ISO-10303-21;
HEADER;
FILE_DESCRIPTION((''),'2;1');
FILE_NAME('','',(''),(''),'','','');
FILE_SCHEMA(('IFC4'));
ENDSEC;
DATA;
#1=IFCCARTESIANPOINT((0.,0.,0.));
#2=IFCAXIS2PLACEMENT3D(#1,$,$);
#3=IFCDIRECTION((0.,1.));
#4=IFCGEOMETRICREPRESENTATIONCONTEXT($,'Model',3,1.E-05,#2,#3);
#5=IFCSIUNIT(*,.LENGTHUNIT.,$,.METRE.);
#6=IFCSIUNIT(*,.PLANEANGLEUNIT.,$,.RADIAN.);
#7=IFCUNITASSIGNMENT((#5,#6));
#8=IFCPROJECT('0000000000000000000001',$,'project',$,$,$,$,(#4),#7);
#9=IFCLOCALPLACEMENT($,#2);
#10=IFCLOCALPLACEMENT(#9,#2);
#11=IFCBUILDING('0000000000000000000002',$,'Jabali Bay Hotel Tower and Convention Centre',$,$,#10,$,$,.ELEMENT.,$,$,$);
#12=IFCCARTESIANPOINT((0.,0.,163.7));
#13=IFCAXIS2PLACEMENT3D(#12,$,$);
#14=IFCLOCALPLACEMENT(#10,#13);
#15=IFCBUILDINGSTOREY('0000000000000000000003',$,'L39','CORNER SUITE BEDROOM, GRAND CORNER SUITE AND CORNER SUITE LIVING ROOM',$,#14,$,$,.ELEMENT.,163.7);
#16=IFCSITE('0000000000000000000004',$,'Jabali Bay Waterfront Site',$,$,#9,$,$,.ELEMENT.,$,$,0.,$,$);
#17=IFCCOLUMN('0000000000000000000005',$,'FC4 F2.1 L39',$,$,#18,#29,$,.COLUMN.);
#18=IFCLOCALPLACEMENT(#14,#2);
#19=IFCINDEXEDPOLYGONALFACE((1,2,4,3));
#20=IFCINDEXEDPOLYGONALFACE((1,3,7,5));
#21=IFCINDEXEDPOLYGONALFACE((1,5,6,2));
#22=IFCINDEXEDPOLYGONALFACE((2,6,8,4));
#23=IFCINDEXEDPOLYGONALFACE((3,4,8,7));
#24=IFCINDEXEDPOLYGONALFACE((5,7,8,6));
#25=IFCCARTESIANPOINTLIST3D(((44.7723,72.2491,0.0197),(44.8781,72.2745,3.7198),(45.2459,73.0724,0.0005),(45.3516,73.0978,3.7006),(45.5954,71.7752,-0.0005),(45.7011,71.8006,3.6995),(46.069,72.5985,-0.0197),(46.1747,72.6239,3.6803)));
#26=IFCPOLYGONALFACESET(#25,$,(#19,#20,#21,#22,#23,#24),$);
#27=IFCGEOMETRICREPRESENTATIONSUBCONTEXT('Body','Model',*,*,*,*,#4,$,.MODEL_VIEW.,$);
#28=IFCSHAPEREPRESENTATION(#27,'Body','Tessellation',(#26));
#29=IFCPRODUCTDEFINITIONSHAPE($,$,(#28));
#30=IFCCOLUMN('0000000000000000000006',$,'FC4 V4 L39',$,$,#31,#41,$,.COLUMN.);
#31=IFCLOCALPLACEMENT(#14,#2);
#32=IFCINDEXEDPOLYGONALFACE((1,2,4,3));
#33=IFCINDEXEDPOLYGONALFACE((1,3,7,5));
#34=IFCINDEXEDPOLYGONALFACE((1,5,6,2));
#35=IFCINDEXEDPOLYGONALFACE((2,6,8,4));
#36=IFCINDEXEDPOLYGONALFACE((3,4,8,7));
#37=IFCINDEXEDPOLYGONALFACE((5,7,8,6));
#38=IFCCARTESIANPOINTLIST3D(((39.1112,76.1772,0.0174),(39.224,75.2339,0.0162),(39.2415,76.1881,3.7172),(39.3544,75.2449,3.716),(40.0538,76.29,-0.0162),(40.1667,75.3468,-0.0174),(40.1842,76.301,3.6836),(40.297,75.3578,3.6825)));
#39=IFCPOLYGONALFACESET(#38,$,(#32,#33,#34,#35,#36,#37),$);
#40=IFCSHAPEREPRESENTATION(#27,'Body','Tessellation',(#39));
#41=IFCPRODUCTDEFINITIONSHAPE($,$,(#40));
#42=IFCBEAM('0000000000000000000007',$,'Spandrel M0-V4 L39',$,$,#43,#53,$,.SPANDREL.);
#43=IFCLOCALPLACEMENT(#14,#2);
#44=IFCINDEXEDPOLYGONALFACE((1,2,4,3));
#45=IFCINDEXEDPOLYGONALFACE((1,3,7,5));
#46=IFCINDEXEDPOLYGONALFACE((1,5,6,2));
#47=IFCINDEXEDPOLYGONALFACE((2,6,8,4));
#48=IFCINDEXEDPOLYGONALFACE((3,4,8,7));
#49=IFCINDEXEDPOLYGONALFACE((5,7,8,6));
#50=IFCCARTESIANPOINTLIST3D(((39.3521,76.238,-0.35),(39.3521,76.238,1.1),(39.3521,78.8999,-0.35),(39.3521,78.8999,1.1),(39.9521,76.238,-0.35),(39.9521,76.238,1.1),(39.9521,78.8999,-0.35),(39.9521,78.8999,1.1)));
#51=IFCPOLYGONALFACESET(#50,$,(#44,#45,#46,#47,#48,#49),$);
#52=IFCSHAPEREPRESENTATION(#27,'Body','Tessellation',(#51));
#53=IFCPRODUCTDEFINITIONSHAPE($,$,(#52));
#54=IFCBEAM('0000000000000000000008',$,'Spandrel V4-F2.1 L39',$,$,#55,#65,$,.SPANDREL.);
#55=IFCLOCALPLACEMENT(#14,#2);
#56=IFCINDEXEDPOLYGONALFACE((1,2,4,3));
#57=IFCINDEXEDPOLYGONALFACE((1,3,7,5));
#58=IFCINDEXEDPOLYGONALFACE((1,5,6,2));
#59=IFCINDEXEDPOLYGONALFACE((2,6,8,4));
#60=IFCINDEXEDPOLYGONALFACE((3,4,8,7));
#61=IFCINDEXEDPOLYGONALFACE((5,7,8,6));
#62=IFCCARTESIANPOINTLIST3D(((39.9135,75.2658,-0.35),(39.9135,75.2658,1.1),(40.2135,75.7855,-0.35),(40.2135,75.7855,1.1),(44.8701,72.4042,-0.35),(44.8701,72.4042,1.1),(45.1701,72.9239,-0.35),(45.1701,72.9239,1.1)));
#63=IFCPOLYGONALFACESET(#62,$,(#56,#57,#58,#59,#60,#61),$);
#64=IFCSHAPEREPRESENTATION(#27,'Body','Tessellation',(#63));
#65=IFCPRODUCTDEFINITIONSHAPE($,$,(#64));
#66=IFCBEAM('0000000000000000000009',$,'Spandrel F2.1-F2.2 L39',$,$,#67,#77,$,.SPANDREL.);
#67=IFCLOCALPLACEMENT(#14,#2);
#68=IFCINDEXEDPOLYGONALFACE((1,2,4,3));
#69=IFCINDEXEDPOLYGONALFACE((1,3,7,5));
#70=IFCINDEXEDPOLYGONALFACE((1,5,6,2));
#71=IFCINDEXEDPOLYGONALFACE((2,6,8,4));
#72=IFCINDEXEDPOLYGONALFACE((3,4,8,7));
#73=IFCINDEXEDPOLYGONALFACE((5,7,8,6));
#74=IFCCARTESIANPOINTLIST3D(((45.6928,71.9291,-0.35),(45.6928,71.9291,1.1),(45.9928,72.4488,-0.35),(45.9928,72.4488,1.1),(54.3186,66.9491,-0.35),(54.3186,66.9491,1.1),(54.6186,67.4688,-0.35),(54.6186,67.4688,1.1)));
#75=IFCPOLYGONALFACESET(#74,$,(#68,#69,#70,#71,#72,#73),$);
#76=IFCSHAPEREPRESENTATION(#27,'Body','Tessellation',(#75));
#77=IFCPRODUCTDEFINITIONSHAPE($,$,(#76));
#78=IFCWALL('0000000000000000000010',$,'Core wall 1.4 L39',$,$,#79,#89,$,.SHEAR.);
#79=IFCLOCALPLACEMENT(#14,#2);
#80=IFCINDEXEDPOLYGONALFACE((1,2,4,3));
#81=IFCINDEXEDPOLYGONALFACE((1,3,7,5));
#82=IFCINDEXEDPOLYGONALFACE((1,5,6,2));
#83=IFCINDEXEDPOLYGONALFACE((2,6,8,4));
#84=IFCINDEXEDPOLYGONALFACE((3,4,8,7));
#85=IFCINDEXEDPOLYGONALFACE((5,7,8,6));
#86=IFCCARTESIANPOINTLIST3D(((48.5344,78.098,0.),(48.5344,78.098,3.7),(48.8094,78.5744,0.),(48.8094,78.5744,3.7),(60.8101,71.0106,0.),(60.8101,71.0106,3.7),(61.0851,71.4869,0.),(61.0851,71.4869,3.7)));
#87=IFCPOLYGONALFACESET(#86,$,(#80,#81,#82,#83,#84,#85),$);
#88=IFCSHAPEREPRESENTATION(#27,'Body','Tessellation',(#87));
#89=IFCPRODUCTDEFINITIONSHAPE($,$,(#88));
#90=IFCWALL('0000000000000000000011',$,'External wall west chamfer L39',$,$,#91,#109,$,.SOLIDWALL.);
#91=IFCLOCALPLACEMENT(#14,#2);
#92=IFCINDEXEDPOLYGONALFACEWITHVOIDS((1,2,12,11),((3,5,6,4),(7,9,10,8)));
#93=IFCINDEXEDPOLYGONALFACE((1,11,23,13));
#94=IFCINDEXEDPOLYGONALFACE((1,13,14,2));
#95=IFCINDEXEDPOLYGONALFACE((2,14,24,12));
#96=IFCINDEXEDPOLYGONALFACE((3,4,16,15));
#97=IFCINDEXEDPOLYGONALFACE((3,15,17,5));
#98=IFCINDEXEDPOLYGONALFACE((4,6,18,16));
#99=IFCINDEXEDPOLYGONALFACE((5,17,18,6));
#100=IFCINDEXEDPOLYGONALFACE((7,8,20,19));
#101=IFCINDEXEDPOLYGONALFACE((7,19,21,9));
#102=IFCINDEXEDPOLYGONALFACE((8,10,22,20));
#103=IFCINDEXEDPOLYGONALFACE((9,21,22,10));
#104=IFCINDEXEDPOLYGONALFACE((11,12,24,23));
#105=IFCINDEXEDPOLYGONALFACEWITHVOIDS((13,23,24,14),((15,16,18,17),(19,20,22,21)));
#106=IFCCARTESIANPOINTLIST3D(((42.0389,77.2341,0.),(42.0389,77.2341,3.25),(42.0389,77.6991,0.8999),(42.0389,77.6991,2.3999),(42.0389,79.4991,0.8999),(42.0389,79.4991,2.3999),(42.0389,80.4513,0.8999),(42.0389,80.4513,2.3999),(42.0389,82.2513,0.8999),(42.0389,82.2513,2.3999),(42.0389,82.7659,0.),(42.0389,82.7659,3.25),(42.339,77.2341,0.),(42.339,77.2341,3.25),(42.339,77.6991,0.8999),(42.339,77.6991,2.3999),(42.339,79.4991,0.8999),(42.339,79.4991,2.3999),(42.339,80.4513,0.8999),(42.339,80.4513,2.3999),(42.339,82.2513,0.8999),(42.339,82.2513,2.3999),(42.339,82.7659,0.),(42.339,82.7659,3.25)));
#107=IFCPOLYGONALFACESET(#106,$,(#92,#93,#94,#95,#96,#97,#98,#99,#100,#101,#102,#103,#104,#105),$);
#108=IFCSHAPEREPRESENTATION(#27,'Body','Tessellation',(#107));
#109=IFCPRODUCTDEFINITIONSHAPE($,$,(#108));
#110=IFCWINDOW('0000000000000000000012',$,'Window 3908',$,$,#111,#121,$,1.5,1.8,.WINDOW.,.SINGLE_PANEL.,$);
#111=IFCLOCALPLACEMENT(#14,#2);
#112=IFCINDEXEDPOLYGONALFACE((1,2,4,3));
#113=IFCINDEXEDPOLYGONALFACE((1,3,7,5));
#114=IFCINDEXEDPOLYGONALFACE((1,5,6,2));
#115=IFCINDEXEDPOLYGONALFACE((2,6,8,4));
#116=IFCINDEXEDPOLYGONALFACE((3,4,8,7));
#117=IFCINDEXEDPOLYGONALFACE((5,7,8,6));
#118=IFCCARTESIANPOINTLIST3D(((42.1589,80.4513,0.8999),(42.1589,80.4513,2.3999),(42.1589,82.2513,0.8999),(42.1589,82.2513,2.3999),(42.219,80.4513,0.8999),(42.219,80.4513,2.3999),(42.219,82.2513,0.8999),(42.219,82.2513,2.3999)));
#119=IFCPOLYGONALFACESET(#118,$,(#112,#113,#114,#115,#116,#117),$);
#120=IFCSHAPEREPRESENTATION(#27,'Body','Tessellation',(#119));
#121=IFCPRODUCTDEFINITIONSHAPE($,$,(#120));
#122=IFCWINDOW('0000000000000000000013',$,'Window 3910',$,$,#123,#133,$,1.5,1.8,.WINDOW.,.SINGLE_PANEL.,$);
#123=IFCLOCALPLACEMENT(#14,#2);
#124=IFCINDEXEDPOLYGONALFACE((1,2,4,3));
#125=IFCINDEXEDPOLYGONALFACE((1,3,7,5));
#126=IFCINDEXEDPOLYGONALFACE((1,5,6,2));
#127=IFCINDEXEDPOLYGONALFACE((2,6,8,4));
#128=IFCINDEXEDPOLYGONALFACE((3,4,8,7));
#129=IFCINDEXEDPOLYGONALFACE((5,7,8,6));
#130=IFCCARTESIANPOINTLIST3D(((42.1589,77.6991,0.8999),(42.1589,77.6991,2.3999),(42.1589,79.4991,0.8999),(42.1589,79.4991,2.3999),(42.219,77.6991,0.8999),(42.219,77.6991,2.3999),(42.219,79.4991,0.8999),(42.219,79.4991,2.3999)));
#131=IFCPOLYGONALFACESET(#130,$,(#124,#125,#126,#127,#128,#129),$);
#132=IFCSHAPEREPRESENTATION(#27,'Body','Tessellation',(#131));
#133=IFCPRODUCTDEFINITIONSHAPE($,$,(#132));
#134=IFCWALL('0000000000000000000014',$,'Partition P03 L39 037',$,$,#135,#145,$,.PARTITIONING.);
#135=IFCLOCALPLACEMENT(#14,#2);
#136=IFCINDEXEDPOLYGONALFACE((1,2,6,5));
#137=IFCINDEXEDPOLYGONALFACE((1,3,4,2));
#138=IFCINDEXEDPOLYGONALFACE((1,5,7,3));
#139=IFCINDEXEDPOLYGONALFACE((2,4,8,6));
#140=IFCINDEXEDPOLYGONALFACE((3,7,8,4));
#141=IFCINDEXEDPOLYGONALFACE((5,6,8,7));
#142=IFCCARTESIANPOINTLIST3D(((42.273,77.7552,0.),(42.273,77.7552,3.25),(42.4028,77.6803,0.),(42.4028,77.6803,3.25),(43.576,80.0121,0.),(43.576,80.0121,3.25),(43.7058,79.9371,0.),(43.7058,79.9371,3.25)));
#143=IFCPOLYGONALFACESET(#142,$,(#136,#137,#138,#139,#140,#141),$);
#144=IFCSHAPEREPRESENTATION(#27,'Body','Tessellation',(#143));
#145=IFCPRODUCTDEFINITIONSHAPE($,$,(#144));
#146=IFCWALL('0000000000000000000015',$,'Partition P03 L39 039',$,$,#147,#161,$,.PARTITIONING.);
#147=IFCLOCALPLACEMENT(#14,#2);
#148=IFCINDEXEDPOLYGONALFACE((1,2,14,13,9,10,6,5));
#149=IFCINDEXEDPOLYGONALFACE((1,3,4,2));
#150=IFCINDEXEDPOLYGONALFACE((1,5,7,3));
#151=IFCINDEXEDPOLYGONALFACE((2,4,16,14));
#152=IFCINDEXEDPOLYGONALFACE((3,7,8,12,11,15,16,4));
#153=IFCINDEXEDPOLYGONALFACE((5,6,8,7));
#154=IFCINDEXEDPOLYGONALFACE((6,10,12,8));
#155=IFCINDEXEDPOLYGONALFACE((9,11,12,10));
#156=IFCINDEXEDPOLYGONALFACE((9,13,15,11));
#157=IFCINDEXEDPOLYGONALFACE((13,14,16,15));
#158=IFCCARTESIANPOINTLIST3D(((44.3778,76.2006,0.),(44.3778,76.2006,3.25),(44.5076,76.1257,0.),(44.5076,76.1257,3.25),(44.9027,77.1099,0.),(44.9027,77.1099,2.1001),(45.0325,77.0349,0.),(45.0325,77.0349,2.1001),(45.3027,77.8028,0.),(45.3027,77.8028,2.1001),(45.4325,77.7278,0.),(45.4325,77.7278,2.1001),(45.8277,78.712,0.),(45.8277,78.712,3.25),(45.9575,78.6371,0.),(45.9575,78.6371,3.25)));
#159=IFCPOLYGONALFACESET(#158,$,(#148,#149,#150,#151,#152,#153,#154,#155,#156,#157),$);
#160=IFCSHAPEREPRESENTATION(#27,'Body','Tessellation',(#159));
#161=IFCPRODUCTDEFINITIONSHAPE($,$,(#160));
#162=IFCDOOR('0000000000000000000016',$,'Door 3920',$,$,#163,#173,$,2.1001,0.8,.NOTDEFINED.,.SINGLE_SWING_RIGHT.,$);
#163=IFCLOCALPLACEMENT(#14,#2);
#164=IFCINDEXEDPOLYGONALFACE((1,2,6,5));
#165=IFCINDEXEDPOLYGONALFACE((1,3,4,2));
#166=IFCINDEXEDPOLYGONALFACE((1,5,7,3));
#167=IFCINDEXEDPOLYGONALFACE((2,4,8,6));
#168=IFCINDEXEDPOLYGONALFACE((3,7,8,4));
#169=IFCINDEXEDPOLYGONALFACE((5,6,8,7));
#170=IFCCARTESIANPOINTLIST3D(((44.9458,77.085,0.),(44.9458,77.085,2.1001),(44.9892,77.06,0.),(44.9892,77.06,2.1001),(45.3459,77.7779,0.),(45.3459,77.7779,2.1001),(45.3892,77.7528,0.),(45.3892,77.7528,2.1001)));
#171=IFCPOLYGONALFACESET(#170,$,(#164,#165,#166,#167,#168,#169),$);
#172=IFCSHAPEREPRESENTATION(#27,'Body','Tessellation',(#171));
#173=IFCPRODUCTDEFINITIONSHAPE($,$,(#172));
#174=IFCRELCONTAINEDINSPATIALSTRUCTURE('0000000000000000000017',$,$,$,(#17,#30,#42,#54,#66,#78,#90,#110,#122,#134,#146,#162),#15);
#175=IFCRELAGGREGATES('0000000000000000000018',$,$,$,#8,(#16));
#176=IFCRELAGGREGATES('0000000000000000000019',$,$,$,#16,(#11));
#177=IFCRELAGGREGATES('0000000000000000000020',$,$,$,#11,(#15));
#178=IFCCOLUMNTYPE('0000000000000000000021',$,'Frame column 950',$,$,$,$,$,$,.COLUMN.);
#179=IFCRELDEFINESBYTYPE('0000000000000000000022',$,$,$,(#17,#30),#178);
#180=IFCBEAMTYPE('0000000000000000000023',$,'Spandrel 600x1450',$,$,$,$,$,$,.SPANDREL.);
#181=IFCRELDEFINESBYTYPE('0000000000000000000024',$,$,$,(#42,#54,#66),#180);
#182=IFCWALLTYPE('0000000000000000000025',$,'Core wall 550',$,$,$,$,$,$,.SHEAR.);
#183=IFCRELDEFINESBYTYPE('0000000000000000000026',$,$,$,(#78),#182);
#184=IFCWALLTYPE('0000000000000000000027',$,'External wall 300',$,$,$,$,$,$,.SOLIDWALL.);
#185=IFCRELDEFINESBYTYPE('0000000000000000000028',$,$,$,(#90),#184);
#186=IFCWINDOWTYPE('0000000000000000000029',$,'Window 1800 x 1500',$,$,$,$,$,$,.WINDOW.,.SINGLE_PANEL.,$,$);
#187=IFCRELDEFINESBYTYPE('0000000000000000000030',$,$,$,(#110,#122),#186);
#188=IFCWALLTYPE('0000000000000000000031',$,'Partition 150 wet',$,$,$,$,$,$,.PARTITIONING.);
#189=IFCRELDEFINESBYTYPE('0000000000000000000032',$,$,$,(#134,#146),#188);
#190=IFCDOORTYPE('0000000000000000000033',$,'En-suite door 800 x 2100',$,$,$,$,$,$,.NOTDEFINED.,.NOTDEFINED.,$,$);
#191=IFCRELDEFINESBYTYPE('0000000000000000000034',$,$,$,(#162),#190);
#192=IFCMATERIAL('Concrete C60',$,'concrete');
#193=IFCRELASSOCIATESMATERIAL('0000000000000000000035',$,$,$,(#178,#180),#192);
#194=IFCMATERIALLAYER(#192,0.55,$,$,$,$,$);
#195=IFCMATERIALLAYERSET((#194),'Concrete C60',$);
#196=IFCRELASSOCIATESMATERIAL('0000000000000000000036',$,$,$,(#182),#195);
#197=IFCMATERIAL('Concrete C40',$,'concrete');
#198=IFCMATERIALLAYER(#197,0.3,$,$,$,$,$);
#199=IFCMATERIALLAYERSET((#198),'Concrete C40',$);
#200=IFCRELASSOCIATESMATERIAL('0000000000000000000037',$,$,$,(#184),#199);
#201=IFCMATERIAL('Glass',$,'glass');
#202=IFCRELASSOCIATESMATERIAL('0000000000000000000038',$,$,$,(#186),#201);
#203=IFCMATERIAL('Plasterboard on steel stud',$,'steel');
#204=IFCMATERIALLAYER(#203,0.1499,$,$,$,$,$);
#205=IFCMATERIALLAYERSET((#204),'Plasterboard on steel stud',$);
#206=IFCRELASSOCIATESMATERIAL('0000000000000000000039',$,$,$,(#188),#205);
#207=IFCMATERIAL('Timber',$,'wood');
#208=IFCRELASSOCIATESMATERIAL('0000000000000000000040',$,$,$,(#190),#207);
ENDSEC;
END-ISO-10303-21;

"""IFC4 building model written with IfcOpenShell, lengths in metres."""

from ifc_helpers import new_model, si_unit, direction, frame, frame_2d, origin, origin_2d, place, context, subcontext, project, spatial, rectangle, extrude, material, layer, layer_set, material_profile, profile_set, type_object, element, fill, save


model = new_model("IFC4")

# Units and contexts
model_context = context("Model", 3, precision=1e-05, world=origin(), true_north=direction((0.0, 1.0)))
body_context = subcontext(model_context, "Body", "Model", "MODEL_VIEW")
ifc_project = project(units=[si_unit("LENGTHUNIT", "METRE"), si_unit("PLANEANGLEUNIT", "RADIAN")], contexts=[model_context])

# Site, building, storey
site_placement = place(None, origin())
site = spatial("IfcSite", under=ifc_project, at=site_placement, Name="Jabali Bay Waterfront Site", CompositionType="ELEMENT", RefElevation=0.0)
building_placement = place(site_placement, origin())
building = spatial("IfcBuilding", under=site, at=building_placement, Name="Jabali Bay Hotel Tower and Convention Centre", CompositionType="ELEMENT")
storey_placement = place(building_placement, frame((0.0, 0.0, 163.7)))
storey = spatial("IfcBuildingStorey", under=building, at=storey_placement, Name="L39", Description="CORNER SUITE BEDROOM, GRAND CORNER SUITE AND CORNER SUITE LIVING ROOM", CompositionType="ELEMENT", Elevation=163.7)

# Columns
ifc_material_1 = material(Name="Concrete C60", Category="concrete")
ifc_material_profile_1 = material_profile(ifc_material_1, rectangle(XDim=0.95, YDim=0.95, at=origin_2d()), Name="Frame column 950")
ifc_profile_set_1 = profile_set([ifc_material_profile_1], Name="Concrete C60")
column_type = type_object("IfcColumnType", Name="Frame column 950", PredefinedType="COLUMN", material=ifc_profile_set_1)
column_1_placement = place(storey_placement, frame((45.4207, 72.4238, 0.0), z_axis=(0.028559, 0.006859, 0.999569), x_axis=(-0.866415, 0.498869, 0.021331)))
element("IfcColumn", 1, at=column_1_placement, inside=storey, type_object=column_type, Name="FC4 F2.1 L39", PredefinedType="COLUMN", context=body_context, shape_type="SweptSolid", body=[
    extrude(rectangle(XDim=0.95, YDim=0.95, at=origin_2d()), origin(), (0.0, 0.0, 1.0), 3.7017),
])
column_2_placement = place(storey_placement, frame((39.6389, 75.762, 0.0), z_axis=(0.035214, 0.002967, 0.999375), x_axis=(-0.118821, 0.992915, 0.001238)))
element("IfcColumn", 2, at=column_2_placement, inside=storey, type_object=column_type, Name="FC4 V4 L39", PredefinedType="COLUMN", context=body_context, shape_type="SweptSolid", body=[
    extrude(rectangle(XDim=0.95, YDim=0.95, at=origin_2d()), origin(), (0.0, 0.0, 1.0), 3.7021),
])

# Beams
ifc_material_profile_2 = material_profile(ifc_material_1, rectangle(XDim=0.6001, YDim=1.45, at=origin_2d()), Name="Spandrel 600x1450")
ifc_profile_set_2 = profile_set([ifc_material_profile_2], Name="Concrete C60")
beam_type = type_object("IfcBeamType", Name="Spandrel 600x1450", PredefinedType="SPANDREL", material=ifc_profile_set_2)
beam_1_placement = place(storey_placement, frame((39.6521, 78.8999, 0.375), z_axis=(0.0, -1.0, 0.0), x_axis=(1.0, 0.0, 0.0)))
element("IfcBeam", 3, at=beam_1_placement, inside=storey, type_object=beam_type, Name="Spandrel M0-V4 L39", PredefinedType="SPANDREL", context=body_context, shape_type="SweptSolid", body=[
    extrude(rectangle(XDim=0.6001, YDim=1.45, at=origin_2d()), origin(), (0.0, 0.0, 1.0), 2.6619),
])
beam_2_placement = place(storey_placement, frame((40.0635, 75.5256, 0.375), z_axis=(0.866032, -0.499988, 0.0), x_axis=(0.499988, 0.866032, 0.0)))
element("IfcBeam", 4, at=beam_2_placement, inside=storey, type_object=beam_type, Name="Spandrel V4-F2.1 L39", PredefinedType="SPANDREL", context=body_context, shape_type="SweptSolid", body=[
    extrude(rectangle(XDim=0.6001, YDim=1.45, at=origin_2d()), origin(), (0.0, 0.0, 1.0), 5.7234),
])
beam_3_placement = place(storey_placement, frame((45.8428, 72.189, 0.375), z_axis=(0.866029, -0.499993, 0.0), x_axis=(0.499993, 0.866029, 0.0)))
element("IfcBeam", 5, at=beam_3_placement, inside=storey, type_object=beam_type, Name="Spandrel F2.1-F2.2 L39", PredefinedType="SPANDREL", context=body_context, shape_type="SweptSolid", body=[
    extrude(rectangle(XDim=0.6001, YDim=1.45, at=origin_2d()), origin(), (0.0, 0.0, 1.0), 9.9602),
])

# Wall
ifc_layer_1 = layer(ifc_material_1, 0.55)
ifc_layer_set_1 = layer_set([ifc_layer_1], Name="Concrete C60")
wall_type_1 = type_object("IfcWallType", Name="Core wall 550", PredefinedType="SHEAR", material=ifc_layer_set_1)
wall_1_placement = place(storey_placement, frame((48.6719, 78.3362, 0.0), z_axis=(0.0, 0.0, 1.0), x_axis=(0.866024, -0.500003, 0.0)))
element("IfcWall", 6, at=wall_1_placement, inside=storey, type_object=wall_type_1, Name="Core wall 1.4 L39", PredefinedType="SHEAR", context=body_context, shape_type="SweptSolid", body=[
    extrude(rectangle(XDim=14.1748, YDim=0.55, at=frame_2d((7.0874, 0.0))), origin(), (0.0, 0.0, 1.0), 3.7),
])

# Wall, openings, windows
ifc_material_2 = material(Name="Concrete C40", Category="concrete")
ifc_layer_2 = layer(ifc_material_2, 0.3)
ifc_layer_set_2 = layer_set([ifc_layer_2], Name="Concrete C40")
wall_type_2 = type_object("IfcWallType", Name="External wall 300", PredefinedType="SOLIDWALL", material=ifc_layer_set_2)
wall_2_placement = place(storey_placement, frame((42.189, 77.2341, 0.0), z_axis=(0.0, 0.0, 1.0), x_axis=(0.0, 1.0, 0.0)))
wall_2 = element("IfcWall", 7, at=wall_2_placement, inside=storey, type_object=wall_type_2, Name="External wall west chamfer L39", PredefinedType="SOLIDWALL", context=body_context, shape_type="SweptSolid", body=[
    extrude(rectangle(XDim=5.5317, YDim=0.3, at=frame_2d((2.7659, 0.0))), origin(), (0.0, 0.0, 1.0), 3.25),
])
opening_1_placement = place(wall_2_placement, frame((3.2173, 0.0, 0.8999)))
opening_1 = element("IfcOpeningElement", 8, at=opening_1_placement, cuts=wall_2, PredefinedType="OPENING", context=body_context, shape_type="SweptSolid", body=[
    extrude(rectangle(XDim=1.8, YDim=1.5, at=frame_2d((0.8999, 0.75))), frame((0.0, 0.1606, 0.0), z_axis=(0.0, -1.0, 0.0), x_axis=(1.0, 0.0, 0.0)), (0.0, 0.0, 1.0), 0.321),
])
opening_2_placement = place(wall_2_placement, frame((0.4651, 0.0, 0.8999)))
opening_2 = element("IfcOpeningElement", 9, at=opening_2_placement, cuts=wall_2, PredefinedType="OPENING", context=body_context, shape_type="SweptSolid", body=[
    extrude(rectangle(XDim=1.8, YDim=1.5, at=frame_2d((0.8999, 0.75))), frame((0.0, 0.1606, 0.0), z_axis=(0.0, -1.0, 0.0), x_axis=(1.0, 0.0, 0.0)), (0.0, 0.0, 1.0), 0.321),
])
ifc_material_3 = material(Name="Glass", Category="glass")
window_type = type_object("IfcWindowType", Name="Window 1800 x 1500", PartitioningType="SINGLE_PANEL", PredefinedType="WINDOW", material=ifc_material_3)
window_1_placement = place(opening_1_placement, origin())
window_1 = element("IfcWindow", 10, at=window_1_placement, inside=storey, type_object=window_type, Name="Window 3908", OverallHeight=1.5, OverallWidth=1.8, PartitioningType="SINGLE_PANEL", PredefinedType="WINDOW", context=body_context, shape_type="SweptSolid", body=[
    extrude(rectangle(XDim=1.8, YDim=1.5, at=frame_2d((0.8999, 0.75))), frame((0.0, 0.03, 0.0), z_axis=(0.0, -1.0, 0.0), x_axis=(1.0, 0.0, 0.0)), (0.0, 0.0, 1.0), 0.0601),
])
fill(opening_1, window_1)
window_2_placement = place(opening_2_placement, origin())
window_2 = element("IfcWindow", 11, at=window_2_placement, inside=storey, type_object=window_type, Name="Window 3910", OverallHeight=1.5, OverallWidth=1.8, PartitioningType="SINGLE_PANEL", PredefinedType="WINDOW", context=body_context, shape_type="SweptSolid", body=[
    extrude(rectangle(XDim=1.8, YDim=1.5, at=frame_2d((0.8999, 0.75))), frame((0.0, 0.03, 0.0), z_axis=(0.0, -1.0, 0.0), x_axis=(1.0, 0.0, 0.0)), (0.0, 0.0, 1.0), 0.0601),
])
fill(opening_2, window_2)

# Wall
ifc_material_4 = material(Name="Plasterboard on steel stud", Category="steel")
ifc_layer_3 = layer(ifc_material_4, 0.1499)
ifc_layer_set_3 = layer_set([ifc_layer_3], Name="Plasterboard on steel stud")
wall_type_3 = type_object("IfcWallType", Name="Partition 150 wet", PredefinedType="PARTITIONING", material=ifc_layer_set_3)
wall_3_placement = place(storey_placement, frame((42.3379, 77.7178, 0.0), z_axis=(0.0, 0.0, 1.0), x_axis=(0.499998, 0.866026, 0.0)))
element("IfcWall", 12, at=wall_3_placement, inside=storey, type_object=wall_type_3, Name="Partition P03 L39 037", PredefinedType="PARTITIONING", context=body_context, shape_type="SweptSolid", body=[
    extrude(rectangle(XDim=2.606, YDim=0.1499, at=frame_2d((1.303, 0.0))), origin(), (0.0, 0.0, 1.0), 3.25),
])

# Wall, opening, door
wall_4_placement = place(storey_placement, frame((45.8926, 78.6746, 0.0), z_axis=(0.0, 0.0, 1.0), x_axis=(-0.499987, -0.866033, 0.0)))
wall_4 = element("IfcWall", 13, at=wall_4_placement, inside=storey, type_object=wall_type_3, Name="Partition P03 L39 039", PredefinedType="PARTITIONING", context=body_context, shape_type="SweptSolid", body=[
    extrude(rectangle(XDim=2.8999, YDim=0.1499, at=frame_2d((1.45, 0.0))), origin(), (0.0, 0.0, 1.0), 3.25),
])
opening_3_placement = place(wall_4_placement, frame((1.05, 0.0, 0.0)))
opening_3 = element("IfcOpeningElement", 14, at=opening_3_placement, cuts=wall_4, PredefinedType="OPENING", context=body_context, shape_type="SweptSolid", body=[
    extrude(rectangle(XDim=0.8, YDim=2.1001, at=frame_2d((0.3999, 1.05))), frame((0.0, 0.0854, 0.0), z_axis=(0.0, -1.0, 0.0), x_axis=(1.0, 0.0, 0.0)), (0.0, 0.0, 1.0), 0.1709),
])
ifc_material_5 = material(Name="Timber", Category="wood")
door_type = type_object("IfcDoorType", Name="En-suite door 800 x 2100", OperationType="NOTDEFINED", PredefinedType="NOTDEFINED", material=ifc_material_5)
door_placement = place(opening_3_placement, origin())
door = element("IfcDoor", 15, at=door_placement, inside=storey, type_object=door_type, Name="Door 3920", OperationType="SINGLE_SWING_RIGHT", OverallHeight=2.1001, OverallWidth=0.8, PredefinedType="NOTDEFINED", context=body_context, shape_type="SweptSolid", body=[
    extrude(rectangle(XDim=0.8, YDim=2.1001, at=frame_2d((0.3999, 1.05))), frame((0.0, 0.0249, 0.0), z_axis=(0.0, -1.0, 0.0), x_axis=(1.0, 0.0, 0.0)), (0.0, 0.0, 1.0), 0.05),
])
fill(opening_3, door)

save(model, "model.ifc")
